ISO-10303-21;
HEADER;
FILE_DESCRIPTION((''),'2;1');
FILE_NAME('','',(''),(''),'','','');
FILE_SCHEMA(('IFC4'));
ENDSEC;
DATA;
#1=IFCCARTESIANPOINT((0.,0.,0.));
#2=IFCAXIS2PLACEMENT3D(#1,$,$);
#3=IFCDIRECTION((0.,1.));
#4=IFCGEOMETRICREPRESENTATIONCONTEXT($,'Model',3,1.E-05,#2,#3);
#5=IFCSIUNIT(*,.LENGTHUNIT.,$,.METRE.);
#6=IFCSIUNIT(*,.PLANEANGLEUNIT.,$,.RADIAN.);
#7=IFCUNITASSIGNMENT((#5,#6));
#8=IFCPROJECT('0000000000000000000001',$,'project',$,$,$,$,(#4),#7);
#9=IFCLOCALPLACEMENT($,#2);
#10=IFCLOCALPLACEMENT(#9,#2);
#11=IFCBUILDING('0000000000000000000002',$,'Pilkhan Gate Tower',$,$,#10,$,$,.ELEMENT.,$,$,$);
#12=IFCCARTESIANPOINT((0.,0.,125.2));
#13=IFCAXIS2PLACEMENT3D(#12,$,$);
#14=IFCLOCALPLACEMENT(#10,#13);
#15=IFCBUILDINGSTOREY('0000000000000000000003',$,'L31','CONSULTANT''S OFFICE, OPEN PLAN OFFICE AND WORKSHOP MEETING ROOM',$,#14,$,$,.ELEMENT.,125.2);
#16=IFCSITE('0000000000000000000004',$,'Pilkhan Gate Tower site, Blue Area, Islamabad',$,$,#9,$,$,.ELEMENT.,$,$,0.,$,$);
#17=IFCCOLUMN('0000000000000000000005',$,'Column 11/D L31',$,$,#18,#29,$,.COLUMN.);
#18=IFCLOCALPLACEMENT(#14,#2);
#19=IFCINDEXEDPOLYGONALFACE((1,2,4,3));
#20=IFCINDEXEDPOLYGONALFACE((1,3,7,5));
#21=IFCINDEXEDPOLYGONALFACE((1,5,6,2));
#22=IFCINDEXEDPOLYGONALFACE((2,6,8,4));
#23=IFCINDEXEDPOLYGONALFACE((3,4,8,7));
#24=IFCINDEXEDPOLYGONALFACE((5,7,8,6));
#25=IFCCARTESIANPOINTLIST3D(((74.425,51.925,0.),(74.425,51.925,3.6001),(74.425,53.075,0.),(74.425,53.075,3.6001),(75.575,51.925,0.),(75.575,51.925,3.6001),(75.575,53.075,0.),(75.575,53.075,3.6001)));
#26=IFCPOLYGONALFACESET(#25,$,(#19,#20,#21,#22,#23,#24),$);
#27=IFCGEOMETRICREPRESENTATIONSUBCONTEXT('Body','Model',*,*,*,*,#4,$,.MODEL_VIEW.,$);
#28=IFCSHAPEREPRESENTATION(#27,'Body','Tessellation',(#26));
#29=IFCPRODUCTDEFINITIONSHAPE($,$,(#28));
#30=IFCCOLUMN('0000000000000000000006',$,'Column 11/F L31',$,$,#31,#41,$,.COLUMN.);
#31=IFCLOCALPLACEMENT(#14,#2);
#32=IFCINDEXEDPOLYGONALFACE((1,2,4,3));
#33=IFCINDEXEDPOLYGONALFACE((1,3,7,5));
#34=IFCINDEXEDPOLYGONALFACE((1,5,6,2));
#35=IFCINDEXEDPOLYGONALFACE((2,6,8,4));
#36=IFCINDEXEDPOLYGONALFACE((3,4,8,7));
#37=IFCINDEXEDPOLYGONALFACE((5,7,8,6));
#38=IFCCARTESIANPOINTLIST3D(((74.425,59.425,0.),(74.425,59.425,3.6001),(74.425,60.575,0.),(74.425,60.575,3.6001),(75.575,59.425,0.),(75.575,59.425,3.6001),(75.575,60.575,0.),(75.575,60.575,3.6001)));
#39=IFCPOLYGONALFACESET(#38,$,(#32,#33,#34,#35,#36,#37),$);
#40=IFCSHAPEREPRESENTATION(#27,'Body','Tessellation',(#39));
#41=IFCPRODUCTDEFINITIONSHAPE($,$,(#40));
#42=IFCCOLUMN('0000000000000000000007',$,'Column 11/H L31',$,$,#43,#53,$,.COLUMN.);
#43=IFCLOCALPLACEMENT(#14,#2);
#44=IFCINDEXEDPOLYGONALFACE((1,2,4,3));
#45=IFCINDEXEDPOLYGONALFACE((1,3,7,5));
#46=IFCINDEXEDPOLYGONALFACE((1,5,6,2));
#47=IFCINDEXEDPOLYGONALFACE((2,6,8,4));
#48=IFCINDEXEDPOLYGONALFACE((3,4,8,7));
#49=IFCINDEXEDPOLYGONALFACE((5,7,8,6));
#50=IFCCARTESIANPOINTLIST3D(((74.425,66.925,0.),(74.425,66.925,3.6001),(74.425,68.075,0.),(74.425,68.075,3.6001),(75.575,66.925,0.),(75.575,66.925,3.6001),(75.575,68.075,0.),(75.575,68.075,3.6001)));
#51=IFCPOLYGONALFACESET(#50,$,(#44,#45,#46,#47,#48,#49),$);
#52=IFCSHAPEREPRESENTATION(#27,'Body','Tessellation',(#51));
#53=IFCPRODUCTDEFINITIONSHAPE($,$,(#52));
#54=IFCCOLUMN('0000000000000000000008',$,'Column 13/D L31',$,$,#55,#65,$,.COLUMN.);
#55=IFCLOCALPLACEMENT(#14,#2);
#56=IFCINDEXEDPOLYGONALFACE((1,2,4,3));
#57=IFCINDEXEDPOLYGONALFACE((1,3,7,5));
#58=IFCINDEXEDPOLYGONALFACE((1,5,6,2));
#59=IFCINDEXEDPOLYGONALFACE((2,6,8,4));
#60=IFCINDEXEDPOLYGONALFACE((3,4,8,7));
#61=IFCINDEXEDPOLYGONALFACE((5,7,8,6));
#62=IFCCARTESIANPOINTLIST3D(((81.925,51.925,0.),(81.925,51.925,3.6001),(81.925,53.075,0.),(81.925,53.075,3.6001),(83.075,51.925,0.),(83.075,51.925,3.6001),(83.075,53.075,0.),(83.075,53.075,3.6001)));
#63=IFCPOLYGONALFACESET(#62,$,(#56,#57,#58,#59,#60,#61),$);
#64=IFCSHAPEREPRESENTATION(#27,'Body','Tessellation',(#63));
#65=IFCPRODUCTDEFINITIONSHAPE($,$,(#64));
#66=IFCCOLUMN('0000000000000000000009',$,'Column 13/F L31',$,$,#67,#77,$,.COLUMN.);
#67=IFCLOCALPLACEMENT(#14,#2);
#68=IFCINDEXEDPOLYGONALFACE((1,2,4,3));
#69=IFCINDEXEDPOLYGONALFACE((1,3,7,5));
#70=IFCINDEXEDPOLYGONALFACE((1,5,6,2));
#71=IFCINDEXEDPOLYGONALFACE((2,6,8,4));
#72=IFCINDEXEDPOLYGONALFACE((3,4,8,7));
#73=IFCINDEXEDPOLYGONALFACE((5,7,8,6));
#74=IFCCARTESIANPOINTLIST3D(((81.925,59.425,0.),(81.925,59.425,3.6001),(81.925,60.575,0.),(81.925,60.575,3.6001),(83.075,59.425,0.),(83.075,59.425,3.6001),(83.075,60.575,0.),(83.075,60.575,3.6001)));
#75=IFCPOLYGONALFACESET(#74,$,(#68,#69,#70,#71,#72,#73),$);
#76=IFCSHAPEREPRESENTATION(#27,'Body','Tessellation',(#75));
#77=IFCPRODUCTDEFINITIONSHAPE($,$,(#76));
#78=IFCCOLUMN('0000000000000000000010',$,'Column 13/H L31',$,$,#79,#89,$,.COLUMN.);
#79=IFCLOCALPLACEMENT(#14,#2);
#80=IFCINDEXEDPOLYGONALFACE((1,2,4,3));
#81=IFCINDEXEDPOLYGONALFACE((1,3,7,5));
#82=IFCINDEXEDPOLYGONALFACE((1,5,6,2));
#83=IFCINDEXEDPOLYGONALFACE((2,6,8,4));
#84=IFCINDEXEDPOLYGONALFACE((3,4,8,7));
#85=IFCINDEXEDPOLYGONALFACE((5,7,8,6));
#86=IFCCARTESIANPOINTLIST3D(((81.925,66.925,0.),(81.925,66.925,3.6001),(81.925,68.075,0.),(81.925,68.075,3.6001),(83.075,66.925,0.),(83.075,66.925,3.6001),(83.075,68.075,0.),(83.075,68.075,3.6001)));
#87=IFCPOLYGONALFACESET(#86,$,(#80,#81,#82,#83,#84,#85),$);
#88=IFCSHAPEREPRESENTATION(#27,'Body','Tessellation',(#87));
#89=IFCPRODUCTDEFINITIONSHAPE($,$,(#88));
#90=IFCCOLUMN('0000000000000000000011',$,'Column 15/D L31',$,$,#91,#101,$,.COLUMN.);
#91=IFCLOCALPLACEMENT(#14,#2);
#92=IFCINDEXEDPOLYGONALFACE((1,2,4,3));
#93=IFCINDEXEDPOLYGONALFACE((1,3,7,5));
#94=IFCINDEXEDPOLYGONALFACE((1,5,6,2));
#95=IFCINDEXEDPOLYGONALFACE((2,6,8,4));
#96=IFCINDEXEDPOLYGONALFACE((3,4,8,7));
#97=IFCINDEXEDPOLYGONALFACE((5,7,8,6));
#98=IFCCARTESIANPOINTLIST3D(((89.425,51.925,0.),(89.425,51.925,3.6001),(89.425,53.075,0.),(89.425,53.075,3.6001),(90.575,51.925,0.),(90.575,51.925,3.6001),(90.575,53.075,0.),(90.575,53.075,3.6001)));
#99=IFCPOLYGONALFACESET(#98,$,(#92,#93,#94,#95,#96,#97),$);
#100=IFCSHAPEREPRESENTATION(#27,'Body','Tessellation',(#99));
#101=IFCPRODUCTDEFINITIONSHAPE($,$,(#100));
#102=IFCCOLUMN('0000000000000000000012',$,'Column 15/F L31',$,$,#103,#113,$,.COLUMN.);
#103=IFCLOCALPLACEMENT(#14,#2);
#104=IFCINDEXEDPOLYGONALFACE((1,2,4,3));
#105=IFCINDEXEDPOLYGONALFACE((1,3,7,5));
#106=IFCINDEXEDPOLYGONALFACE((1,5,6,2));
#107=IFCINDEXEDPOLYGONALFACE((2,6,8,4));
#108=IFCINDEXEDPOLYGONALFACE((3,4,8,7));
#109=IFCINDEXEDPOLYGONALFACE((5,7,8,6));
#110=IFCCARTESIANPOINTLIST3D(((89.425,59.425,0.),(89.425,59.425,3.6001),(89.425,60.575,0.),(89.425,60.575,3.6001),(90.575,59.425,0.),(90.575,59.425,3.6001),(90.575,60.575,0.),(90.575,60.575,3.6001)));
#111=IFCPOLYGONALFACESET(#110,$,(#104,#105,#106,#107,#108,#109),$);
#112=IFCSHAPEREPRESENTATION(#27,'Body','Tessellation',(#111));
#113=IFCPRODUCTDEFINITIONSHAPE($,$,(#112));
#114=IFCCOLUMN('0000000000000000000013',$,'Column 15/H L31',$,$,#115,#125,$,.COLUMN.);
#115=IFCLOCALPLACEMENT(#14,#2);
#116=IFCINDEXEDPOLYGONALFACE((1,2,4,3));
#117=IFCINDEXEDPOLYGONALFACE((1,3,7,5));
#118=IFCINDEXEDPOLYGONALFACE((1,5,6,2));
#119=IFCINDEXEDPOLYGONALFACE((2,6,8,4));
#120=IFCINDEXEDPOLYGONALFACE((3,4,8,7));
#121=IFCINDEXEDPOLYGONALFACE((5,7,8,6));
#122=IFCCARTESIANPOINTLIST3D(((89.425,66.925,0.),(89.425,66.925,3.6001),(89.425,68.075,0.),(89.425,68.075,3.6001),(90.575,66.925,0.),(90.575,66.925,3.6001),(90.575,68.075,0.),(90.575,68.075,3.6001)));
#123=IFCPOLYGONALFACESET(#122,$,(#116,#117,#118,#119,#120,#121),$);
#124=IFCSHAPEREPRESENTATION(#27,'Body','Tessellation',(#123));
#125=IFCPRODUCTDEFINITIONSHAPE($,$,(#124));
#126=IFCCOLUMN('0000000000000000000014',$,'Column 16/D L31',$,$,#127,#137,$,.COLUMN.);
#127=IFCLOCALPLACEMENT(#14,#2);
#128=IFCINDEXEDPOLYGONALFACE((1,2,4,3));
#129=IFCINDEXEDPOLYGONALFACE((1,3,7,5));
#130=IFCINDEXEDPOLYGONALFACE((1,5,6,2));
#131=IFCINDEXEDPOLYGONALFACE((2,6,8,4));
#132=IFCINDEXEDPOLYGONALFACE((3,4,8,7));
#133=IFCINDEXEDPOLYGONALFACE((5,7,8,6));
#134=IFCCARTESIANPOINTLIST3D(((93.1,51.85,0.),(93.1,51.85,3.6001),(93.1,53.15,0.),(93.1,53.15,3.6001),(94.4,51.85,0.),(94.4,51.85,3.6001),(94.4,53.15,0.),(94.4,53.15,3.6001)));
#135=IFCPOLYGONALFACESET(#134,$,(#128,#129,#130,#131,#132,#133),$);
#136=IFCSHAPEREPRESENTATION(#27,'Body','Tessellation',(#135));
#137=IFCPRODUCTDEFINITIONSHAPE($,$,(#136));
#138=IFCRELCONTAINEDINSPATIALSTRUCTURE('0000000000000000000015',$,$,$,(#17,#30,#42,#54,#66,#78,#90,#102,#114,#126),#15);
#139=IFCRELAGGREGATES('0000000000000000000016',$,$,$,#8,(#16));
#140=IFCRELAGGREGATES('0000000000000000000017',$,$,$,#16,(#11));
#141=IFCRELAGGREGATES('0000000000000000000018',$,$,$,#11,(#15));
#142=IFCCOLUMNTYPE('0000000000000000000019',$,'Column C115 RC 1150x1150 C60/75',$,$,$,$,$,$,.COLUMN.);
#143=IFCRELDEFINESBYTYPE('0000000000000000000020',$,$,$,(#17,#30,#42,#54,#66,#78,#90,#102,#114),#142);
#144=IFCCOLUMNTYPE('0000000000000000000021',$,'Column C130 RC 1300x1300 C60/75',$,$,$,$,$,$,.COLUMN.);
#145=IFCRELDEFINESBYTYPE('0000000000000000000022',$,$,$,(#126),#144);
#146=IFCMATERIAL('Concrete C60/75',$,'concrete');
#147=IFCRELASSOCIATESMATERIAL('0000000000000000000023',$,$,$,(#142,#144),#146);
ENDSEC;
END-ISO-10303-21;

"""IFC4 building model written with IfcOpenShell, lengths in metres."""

from ifc_helpers import new_model, si_unit, direction, frame, origin, origin_2d, place, context, subcontext, project, spatial, rectangle, extrude, material, material_profile, profile_set, type_object, element, save


model = new_model("IFC4")

# Units and contexts
model_context = context("Model", 3, precision=1e-05, world=origin(), true_north=direction((0.0, 1.0)))
body_context = subcontext(model_context, "Body", "Model", "MODEL_VIEW")
ifc_project = project(units=[si_unit("LENGTHUNIT", "METRE"), si_unit("PLANEANGLEUNIT", "RADIAN")], contexts=[model_context])

# Site, building, storey
site_placement = place(None, origin())
site = spatial("IfcSite", under=ifc_project, at=site_placement, Name="Pilkhan Gate Tower site, Blue Area, Islamabad", CompositionType="ELEMENT", RefElevation=0.0)
building_placement = place(site_placement, origin())
building = spatial("IfcBuilding", under=site, at=building_placement, Name="Pilkhan Gate Tower", CompositionType="ELEMENT")
storey_placement = place(building_placement, frame((0.0, 0.0, 125.2)))
storey = spatial("IfcBuildingStorey", under=building, at=storey_placement, Name="L31", Description="CONSULTANT'S OFFICE, OPEN PLAN OFFICE AND WORKSHOP MEETING ROOM", CompositionType="ELEMENT", Elevation=125.2)

# Columns
ifc_material_1 = material(Name="Concrete C60/75", Category="concrete")
ifc_material_profile_1 = material_profile(ifc_material_1, rectangle(XDim=1.1499, YDim=1.1499, at=origin_2d()), Name="RC 1150x1150")
ifc_profile_set_1 = profile_set([ifc_material_profile_1], Name="Concrete C60/75")
column_type_1 = type_object("IfcColumnType", Name="Column C115 RC 1150x1150 C60/75", PredefinedType="COLUMN", material=ifc_profile_set_1)
for number, where, z_axis, x_axis, name in (
    (1, (75.0, 52.5, 0.0), (0.0, 0.0, 1.0), (1.0, 0.0, 0.0), "Column 11/D L31"),
    (2, (75.0, 60.0, 0.0), (0.0, 0.0, 1.0), (1.0, 0.0, 0.0), "Column 11/F L31"),
    (3, (75.0, 67.5, 0.0), (0.0, 0.0, 1.0), (1.0, 0.0, 0.0), "Column 11/H L31"),
    (4, (82.5, 52.5, 0.0), (0.0, 0.0, 1.0), (1.0, 0.0, 0.0), "Column 13/D L31"),
    (5, (82.5, 60.0, 0.0), (0.0, 0.0, 1.0), (1.0, 0.0, 0.0), "Column 13/F L31"),
    (6, (82.5, 67.5, 0.0), (0.0, 0.0, 1.0), (1.0, 0.0, 0.0), "Column 13/H L31"),
    (7, (90.0, 52.5, 0.0), (0.0, 0.0, 1.0), (1.0, 0.0, 0.0), "Column 15/D L31"),
    (8, (90.0, 60.0, 0.0), (0.0, 0.0, 1.0), (1.0, 0.0, 0.0), "Column 15/F L31"),
    (9, (90.0, 67.5, 0.0), (0.0, 0.0, 1.0), (1.0, 0.0, 0.0), "Column 15/H L31"),
):
    element("IfcColumn", number, at=place(storey_placement, frame(where, z_axis=z_axis, x_axis=x_axis)), inside=storey, type_object=column_type_1, Name=name, PredefinedType="COLUMN", context=body_context, shape_type="SweptSolid", body=[
        extrude(rectangle(XDim=1.1499, YDim=1.1499, at=origin_2d()), origin(), (0.0, 0.0, 1.0), 3.6001),
    ])
ifc_material_profile_2 = material_profile(ifc_material_1, rectangle(XDim=1.3, YDim=1.3, at=origin_2d()), Name="RC 1300x1300")
ifc_profile_set_2 = profile_set([ifc_material_profile_2], Name="Concrete C60/75")
column_type_2 = type_object("IfcColumnType", Name="Column C130 RC 1300x1300 C60/75", PredefinedType="COLUMN", material=ifc_profile_set_2)
column_placement = place(storey_placement, frame((93.75, 52.5, 0.0), z_axis=(0.0, 0.0, 1.0), x_axis=(1.0, 0.0, 0.0)))
element("IfcColumn", 10, at=column_placement, inside=storey, type_object=column_type_2, Name="Column 16/D L31", PredefinedType="COLUMN", context=body_context, shape_type="SweptSolid", body=[
    extrude(rectangle(XDim=1.3, YDim=1.3, at=origin_2d()), origin(), (0.0, 0.0, 1.0), 3.6001),
])

save(model, "model.ifc")
